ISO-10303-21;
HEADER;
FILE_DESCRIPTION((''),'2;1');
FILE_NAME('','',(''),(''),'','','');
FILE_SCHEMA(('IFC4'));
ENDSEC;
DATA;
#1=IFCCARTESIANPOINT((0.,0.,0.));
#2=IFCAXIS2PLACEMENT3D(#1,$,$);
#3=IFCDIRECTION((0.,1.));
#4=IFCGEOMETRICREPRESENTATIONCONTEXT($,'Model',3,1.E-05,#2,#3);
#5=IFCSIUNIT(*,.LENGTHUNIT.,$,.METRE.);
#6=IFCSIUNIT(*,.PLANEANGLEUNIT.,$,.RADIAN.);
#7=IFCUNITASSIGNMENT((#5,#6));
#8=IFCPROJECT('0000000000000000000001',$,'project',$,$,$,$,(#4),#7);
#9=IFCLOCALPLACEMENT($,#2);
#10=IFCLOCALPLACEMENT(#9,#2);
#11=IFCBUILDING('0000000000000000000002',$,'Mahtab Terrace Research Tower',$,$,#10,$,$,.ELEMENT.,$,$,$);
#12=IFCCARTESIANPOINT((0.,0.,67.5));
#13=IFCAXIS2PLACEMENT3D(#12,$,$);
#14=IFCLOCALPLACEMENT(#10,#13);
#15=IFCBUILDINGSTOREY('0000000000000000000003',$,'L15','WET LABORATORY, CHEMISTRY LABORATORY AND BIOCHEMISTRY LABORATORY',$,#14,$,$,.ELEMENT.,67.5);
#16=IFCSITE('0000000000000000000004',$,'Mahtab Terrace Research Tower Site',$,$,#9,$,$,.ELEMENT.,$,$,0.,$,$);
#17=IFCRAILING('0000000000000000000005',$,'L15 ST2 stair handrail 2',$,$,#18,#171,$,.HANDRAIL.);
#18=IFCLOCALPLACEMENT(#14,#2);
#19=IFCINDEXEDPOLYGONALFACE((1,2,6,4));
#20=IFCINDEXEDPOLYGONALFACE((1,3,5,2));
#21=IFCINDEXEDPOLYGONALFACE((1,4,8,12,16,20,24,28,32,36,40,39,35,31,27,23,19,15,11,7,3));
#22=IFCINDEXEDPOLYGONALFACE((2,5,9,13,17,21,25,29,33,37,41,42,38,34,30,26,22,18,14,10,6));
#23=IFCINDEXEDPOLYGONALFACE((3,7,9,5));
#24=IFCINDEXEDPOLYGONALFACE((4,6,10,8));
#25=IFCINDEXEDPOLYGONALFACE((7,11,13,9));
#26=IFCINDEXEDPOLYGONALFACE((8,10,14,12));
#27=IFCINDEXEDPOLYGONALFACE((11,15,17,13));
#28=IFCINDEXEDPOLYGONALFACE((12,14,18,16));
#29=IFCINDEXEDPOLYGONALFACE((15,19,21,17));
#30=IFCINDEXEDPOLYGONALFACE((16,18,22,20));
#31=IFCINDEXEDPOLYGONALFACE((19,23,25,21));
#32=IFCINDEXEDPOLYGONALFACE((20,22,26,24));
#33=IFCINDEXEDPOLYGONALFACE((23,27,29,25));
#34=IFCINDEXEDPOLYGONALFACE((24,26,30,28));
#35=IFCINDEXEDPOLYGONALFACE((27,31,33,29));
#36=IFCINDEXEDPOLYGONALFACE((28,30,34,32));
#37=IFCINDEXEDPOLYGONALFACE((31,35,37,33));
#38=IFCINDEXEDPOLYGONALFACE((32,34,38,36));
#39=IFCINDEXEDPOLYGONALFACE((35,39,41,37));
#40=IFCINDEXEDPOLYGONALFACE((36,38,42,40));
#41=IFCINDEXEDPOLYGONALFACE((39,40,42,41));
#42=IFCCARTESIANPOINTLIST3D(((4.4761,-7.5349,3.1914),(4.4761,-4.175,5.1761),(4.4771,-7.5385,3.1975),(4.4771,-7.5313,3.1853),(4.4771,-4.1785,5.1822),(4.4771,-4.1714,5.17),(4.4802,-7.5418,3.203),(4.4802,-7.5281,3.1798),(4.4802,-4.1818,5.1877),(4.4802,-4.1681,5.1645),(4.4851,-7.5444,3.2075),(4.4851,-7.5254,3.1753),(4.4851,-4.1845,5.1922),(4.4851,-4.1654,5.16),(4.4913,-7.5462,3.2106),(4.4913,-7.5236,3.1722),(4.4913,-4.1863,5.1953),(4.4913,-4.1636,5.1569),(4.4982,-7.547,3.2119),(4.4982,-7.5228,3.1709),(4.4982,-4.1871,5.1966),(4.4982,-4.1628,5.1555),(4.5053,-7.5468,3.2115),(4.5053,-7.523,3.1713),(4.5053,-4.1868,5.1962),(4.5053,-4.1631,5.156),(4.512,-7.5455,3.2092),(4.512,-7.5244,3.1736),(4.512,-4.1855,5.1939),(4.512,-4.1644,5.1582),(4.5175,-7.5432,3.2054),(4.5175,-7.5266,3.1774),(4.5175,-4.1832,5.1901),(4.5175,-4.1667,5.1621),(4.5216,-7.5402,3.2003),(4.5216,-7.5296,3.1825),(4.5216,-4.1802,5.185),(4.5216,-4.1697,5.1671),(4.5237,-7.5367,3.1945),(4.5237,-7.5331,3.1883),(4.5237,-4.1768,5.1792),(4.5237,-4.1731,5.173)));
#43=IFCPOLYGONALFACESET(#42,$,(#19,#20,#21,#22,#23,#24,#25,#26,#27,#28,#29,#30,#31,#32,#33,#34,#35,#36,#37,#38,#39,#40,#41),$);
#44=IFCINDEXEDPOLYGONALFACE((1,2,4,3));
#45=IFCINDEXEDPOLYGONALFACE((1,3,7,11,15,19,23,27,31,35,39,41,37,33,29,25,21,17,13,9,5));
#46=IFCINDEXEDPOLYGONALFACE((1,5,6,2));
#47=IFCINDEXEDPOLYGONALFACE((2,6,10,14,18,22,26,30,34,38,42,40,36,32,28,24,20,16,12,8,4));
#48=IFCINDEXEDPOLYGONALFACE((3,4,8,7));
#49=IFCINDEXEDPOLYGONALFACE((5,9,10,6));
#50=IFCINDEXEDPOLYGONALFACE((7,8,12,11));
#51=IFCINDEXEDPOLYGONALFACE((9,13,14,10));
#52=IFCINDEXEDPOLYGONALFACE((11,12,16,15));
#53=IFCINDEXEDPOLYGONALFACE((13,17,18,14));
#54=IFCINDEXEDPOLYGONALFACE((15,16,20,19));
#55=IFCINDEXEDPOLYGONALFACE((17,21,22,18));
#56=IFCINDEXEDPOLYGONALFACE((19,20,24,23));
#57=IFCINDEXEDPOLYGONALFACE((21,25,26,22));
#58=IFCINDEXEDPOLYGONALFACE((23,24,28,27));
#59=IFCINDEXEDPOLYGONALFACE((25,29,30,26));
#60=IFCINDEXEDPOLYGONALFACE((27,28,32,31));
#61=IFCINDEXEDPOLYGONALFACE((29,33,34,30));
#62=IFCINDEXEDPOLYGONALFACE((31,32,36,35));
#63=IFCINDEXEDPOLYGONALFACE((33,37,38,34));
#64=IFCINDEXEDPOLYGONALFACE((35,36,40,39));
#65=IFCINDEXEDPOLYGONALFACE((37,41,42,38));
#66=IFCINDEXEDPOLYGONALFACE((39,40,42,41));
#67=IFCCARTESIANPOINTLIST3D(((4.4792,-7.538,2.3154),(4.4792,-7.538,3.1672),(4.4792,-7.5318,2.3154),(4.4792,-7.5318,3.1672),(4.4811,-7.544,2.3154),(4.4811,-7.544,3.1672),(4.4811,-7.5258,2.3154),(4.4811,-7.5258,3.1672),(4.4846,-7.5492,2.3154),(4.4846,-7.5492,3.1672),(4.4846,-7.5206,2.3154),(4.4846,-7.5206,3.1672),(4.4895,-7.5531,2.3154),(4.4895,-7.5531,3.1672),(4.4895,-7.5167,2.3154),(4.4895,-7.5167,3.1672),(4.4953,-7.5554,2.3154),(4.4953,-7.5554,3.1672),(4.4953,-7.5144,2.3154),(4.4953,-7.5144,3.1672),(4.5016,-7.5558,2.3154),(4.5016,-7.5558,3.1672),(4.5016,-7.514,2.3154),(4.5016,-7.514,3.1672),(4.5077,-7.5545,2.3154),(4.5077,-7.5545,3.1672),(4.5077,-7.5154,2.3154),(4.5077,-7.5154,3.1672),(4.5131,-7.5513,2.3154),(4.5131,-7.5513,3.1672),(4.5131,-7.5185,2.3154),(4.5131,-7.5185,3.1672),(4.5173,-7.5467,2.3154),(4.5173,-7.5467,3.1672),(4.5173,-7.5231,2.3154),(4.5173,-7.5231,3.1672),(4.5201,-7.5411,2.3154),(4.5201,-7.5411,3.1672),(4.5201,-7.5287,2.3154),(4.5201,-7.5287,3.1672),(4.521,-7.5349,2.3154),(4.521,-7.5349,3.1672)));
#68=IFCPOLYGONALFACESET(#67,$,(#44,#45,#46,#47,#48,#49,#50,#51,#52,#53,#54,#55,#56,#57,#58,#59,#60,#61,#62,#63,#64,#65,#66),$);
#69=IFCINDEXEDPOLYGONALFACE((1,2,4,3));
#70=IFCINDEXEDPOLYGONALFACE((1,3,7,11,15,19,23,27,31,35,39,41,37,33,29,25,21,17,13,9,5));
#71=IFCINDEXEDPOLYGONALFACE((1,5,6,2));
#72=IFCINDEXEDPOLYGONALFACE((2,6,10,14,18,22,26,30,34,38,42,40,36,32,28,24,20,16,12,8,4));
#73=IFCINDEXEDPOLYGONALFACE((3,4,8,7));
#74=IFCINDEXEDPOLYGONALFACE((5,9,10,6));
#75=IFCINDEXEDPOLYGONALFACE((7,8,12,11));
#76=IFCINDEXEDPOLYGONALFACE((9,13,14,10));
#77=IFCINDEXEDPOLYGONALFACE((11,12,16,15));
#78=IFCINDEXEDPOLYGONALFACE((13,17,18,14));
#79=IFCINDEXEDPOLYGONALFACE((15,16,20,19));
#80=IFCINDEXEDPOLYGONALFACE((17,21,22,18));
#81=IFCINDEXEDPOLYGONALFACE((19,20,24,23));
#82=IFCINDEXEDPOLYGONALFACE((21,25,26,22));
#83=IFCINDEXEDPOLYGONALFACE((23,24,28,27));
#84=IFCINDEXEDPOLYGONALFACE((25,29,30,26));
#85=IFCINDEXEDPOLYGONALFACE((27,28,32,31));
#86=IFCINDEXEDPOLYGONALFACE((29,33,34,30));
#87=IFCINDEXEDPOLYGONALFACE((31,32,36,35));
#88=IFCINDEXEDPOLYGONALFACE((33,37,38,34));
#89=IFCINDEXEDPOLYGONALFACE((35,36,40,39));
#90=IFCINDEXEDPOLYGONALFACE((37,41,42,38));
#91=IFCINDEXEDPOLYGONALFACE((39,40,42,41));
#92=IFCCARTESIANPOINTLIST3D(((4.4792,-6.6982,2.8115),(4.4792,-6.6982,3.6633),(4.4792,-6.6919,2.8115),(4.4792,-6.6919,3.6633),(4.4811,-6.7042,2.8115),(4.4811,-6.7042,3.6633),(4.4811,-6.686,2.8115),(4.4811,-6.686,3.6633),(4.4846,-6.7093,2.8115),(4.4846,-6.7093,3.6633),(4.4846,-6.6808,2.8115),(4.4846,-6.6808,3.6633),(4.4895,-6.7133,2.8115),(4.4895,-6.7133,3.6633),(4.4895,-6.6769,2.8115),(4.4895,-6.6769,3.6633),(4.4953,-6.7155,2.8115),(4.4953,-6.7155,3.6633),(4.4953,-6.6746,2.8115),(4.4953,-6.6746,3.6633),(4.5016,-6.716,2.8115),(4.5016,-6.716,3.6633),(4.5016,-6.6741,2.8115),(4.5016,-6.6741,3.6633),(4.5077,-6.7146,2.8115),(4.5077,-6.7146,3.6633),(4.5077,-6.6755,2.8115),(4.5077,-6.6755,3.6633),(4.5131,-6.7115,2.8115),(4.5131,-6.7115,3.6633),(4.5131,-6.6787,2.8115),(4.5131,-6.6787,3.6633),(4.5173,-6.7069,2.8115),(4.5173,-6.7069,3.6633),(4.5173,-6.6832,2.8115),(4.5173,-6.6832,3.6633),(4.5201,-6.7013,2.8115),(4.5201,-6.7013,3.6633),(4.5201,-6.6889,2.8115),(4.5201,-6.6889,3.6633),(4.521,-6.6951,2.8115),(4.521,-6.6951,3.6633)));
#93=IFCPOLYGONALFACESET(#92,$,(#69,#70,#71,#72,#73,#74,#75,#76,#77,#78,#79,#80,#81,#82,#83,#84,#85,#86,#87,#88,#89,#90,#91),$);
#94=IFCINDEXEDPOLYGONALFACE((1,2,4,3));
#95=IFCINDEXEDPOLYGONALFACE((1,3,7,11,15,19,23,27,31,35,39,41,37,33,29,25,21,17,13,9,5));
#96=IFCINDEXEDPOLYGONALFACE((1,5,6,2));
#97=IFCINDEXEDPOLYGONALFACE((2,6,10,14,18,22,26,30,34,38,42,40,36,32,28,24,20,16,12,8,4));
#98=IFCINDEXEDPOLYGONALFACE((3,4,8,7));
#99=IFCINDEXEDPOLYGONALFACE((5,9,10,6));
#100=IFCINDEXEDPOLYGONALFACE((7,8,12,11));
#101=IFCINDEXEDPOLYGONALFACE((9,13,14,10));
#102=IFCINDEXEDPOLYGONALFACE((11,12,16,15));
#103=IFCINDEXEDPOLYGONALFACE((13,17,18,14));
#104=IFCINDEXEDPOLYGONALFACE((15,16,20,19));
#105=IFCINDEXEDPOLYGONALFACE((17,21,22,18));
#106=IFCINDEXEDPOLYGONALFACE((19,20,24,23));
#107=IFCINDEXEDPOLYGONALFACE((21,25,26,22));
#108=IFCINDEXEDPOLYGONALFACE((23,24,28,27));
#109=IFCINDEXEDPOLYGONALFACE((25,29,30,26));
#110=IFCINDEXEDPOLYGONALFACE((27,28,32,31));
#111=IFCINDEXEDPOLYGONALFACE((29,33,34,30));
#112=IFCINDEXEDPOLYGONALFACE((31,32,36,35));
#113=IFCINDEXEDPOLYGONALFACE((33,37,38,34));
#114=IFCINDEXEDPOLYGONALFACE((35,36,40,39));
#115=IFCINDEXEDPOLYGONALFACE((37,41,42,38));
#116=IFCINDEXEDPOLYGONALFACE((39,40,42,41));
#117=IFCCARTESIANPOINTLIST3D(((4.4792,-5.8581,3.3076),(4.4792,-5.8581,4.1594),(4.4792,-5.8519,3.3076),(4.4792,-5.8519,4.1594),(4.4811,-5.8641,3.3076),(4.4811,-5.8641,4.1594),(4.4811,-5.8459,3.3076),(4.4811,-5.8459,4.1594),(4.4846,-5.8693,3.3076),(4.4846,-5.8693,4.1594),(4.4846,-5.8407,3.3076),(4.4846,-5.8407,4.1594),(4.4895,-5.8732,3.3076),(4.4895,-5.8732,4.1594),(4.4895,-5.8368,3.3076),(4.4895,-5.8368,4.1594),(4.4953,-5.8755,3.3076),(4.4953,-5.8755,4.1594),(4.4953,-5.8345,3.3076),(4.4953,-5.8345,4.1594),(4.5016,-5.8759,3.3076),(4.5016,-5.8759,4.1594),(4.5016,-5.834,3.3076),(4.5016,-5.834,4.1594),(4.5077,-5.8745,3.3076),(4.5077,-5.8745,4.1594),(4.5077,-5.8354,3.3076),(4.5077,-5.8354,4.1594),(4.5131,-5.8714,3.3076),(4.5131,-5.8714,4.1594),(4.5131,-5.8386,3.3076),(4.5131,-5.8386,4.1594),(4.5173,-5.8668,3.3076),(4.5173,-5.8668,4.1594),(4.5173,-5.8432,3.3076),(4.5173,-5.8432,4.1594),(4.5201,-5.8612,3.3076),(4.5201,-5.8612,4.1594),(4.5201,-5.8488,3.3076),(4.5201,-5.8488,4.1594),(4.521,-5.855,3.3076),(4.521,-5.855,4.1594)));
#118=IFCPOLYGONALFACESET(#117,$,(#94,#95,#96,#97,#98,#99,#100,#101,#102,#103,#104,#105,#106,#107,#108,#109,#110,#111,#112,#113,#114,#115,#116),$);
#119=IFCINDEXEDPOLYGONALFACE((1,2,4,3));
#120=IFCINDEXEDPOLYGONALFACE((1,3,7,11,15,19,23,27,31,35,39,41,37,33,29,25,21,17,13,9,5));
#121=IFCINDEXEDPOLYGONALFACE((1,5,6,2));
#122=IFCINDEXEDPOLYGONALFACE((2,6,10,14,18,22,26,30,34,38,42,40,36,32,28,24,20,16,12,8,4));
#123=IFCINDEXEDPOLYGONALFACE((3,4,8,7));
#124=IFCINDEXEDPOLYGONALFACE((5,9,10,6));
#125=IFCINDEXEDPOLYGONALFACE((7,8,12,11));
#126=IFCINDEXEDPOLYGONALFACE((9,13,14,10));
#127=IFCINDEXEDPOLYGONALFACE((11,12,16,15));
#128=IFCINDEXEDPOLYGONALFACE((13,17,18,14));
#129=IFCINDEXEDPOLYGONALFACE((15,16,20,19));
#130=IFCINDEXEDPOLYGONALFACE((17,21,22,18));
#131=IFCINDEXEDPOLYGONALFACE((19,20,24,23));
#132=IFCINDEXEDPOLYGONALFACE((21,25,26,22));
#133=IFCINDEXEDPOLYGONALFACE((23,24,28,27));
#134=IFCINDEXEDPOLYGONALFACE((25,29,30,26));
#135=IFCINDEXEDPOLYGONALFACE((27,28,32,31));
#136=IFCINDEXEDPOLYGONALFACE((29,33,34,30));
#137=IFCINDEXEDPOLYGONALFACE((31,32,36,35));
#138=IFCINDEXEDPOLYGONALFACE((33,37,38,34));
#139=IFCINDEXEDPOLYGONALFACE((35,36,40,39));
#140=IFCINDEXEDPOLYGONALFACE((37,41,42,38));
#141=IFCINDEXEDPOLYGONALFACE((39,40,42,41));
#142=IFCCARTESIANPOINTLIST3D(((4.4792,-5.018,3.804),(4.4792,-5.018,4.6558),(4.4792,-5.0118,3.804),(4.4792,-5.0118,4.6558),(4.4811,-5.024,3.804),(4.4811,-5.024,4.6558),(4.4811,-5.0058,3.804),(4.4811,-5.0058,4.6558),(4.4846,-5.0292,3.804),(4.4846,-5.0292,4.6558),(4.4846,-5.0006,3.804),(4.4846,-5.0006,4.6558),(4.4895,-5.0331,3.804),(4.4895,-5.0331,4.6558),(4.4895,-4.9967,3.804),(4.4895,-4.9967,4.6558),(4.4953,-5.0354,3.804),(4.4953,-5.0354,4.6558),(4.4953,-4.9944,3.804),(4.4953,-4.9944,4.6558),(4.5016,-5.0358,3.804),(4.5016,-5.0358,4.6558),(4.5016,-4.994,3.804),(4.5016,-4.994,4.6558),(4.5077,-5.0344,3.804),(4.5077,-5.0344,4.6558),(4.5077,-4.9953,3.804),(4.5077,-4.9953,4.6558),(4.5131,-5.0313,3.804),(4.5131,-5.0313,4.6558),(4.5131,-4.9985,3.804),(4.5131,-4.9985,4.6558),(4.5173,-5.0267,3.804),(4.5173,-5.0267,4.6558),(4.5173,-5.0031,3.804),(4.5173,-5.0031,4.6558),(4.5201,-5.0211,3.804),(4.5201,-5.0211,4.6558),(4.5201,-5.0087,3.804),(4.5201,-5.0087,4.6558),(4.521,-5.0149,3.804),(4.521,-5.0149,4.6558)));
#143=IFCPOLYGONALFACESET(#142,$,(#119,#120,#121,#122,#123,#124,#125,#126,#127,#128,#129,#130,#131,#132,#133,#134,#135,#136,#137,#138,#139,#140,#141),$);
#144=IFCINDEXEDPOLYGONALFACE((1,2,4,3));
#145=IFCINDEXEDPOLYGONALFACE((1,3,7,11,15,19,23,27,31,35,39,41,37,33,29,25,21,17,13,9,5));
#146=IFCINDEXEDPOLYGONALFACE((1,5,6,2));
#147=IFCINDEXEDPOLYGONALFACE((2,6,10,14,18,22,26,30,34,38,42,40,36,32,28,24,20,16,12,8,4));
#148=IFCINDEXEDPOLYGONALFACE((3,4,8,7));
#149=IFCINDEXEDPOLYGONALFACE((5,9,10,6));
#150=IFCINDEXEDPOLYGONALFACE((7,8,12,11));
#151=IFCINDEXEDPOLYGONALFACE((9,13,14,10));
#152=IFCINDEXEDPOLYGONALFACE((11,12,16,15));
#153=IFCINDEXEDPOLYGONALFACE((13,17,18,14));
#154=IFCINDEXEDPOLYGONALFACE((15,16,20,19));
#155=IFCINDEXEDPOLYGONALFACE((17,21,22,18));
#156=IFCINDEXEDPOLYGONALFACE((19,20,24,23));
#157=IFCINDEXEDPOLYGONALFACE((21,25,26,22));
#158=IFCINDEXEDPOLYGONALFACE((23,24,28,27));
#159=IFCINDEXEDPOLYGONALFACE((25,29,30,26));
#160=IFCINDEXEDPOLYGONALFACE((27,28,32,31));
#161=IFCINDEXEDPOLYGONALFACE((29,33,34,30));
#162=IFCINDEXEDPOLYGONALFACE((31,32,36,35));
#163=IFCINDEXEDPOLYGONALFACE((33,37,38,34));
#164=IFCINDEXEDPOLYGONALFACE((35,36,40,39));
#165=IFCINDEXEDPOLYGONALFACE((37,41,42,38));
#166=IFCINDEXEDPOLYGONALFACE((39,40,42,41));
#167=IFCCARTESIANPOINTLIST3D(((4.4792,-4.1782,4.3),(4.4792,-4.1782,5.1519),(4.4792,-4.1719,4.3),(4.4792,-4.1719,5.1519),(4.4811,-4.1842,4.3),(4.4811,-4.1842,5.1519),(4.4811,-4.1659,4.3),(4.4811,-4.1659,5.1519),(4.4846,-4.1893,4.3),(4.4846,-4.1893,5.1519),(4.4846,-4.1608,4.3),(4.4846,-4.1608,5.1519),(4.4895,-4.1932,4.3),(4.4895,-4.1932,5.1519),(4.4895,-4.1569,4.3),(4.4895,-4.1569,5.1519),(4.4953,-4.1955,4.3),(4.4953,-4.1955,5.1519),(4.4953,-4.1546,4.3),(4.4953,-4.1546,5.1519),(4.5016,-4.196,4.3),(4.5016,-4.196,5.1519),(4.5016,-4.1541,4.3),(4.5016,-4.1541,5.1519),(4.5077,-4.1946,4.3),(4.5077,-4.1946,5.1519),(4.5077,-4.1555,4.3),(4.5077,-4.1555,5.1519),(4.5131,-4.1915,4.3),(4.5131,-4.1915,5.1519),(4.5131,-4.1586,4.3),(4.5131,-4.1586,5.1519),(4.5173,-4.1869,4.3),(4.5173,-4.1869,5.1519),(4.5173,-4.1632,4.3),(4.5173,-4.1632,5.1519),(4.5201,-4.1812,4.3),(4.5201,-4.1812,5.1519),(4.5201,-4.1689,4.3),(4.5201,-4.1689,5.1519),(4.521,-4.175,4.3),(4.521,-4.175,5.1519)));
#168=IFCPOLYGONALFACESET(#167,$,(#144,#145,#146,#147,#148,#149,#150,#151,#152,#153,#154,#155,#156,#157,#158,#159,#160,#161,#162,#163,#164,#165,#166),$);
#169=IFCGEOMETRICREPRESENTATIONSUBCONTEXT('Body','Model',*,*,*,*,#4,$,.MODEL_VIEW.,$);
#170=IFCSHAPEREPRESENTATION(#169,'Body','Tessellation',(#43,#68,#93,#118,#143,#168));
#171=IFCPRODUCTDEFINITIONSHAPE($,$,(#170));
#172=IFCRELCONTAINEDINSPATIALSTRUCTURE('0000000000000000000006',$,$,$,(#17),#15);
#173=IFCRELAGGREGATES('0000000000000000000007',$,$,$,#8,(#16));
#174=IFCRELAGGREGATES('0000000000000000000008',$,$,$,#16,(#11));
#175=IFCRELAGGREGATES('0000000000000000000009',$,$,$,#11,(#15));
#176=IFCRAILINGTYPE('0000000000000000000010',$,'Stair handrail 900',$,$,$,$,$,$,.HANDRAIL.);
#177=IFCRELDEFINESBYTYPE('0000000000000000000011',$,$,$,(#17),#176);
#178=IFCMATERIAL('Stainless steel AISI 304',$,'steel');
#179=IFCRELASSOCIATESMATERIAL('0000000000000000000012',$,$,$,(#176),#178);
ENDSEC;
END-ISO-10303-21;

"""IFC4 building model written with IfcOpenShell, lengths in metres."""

from ifc_helpers import new_model, si_unit, direction, frame, origin, origin_2d, place, context, subcontext, project, spatial, circle, extrude, material, type_object, element, save


model = new_model("IFC4")

# Units and contexts
model_context = context("Model", 3, precision=1e-05, world=origin(), true_north=direction((0.0, 1.0)))
body_context = subcontext(model_context, "Body", "Model", "MODEL_VIEW")
ifc_project = project(units=[si_unit("LENGTHUNIT", "METRE"), si_unit("PLANEANGLEUNIT", "RADIAN")], contexts=[model_context])

# Site, building, storey
site_placement = place(None, origin())
site = spatial("IfcSite", under=ifc_project, at=site_placement, Name="Mahtab Terrace Research Tower Site", CompositionType="ELEMENT", RefElevation=0.0)
building_placement = place(site_placement, origin())
building = spatial("IfcBuilding", under=site, at=building_placement, Name="Mahtab Terrace Research Tower", CompositionType="ELEMENT")
storey_placement = place(building_placement, frame((0.0, 0.0, 67.5)))
storey = spatial("IfcBuildingStorey", under=building, at=storey_placement, Name="L15", Description="WET LABORATORY, CHEMISTRY LABORATORY AND BIOCHEMISTRY LABORATORY", CompositionType="ELEMENT", Elevation=67.5)

# Railing
ifc_material_1 = material(Name="Stainless steel AISI 304", Category="steel")
railing_type_1 = type_object("IfcRailingType", Name="Stair handrail 900", PredefinedType="HANDRAIL", material=ifc_material_1)
railing_1_placement = place(storey_placement, frame((4.5, -7.5349, 2.3154)))
element("IfcRailing", 1, at=railing_1_placement, inside=storey, type_object=railing_type_1, Name="L15 ST2 stair handrail 2", PredefinedType="HANDRAIL", context=body_context, shape_type="SweptSolid", body=[
    extrude(circle(Radius=0.0239, at=origin_2d()), frame((0.0, 0.0, 0.876), z_axis=(0.0, 0.861011, 0.508586), x_axis=(-1.0, 0.0, 0.0)), (0.0, 0.0, 1.0), 3.9023),
    extrude(circle(Radius=0.021, at=origin_2d()), origin(), (0.0, 0.0, 1.0), 0.8518),
    extrude(circle(Radius=0.021, at=origin_2d()), frame((0.0, 0.8398, 0.4961)), (0.0, 0.0, 1.0), 0.8518),
    extrude(circle(Radius=0.021, at=origin_2d()), frame((0.0, 1.6799, 0.9922)), (0.0, 0.0, 1.0), 0.8518),
    extrude(circle(Radius=0.021, at=origin_2d()), frame((0.0, 2.52, 1.4885)), (0.0, 0.0, 1.0), 0.8518),
    extrude(circle(Radius=0.021, at=origin_2d()), frame((0.0, 3.3599, 1.9846)), (0.0, 0.0, 1.0), 0.8518),
])

save(model, "model.ifc")
